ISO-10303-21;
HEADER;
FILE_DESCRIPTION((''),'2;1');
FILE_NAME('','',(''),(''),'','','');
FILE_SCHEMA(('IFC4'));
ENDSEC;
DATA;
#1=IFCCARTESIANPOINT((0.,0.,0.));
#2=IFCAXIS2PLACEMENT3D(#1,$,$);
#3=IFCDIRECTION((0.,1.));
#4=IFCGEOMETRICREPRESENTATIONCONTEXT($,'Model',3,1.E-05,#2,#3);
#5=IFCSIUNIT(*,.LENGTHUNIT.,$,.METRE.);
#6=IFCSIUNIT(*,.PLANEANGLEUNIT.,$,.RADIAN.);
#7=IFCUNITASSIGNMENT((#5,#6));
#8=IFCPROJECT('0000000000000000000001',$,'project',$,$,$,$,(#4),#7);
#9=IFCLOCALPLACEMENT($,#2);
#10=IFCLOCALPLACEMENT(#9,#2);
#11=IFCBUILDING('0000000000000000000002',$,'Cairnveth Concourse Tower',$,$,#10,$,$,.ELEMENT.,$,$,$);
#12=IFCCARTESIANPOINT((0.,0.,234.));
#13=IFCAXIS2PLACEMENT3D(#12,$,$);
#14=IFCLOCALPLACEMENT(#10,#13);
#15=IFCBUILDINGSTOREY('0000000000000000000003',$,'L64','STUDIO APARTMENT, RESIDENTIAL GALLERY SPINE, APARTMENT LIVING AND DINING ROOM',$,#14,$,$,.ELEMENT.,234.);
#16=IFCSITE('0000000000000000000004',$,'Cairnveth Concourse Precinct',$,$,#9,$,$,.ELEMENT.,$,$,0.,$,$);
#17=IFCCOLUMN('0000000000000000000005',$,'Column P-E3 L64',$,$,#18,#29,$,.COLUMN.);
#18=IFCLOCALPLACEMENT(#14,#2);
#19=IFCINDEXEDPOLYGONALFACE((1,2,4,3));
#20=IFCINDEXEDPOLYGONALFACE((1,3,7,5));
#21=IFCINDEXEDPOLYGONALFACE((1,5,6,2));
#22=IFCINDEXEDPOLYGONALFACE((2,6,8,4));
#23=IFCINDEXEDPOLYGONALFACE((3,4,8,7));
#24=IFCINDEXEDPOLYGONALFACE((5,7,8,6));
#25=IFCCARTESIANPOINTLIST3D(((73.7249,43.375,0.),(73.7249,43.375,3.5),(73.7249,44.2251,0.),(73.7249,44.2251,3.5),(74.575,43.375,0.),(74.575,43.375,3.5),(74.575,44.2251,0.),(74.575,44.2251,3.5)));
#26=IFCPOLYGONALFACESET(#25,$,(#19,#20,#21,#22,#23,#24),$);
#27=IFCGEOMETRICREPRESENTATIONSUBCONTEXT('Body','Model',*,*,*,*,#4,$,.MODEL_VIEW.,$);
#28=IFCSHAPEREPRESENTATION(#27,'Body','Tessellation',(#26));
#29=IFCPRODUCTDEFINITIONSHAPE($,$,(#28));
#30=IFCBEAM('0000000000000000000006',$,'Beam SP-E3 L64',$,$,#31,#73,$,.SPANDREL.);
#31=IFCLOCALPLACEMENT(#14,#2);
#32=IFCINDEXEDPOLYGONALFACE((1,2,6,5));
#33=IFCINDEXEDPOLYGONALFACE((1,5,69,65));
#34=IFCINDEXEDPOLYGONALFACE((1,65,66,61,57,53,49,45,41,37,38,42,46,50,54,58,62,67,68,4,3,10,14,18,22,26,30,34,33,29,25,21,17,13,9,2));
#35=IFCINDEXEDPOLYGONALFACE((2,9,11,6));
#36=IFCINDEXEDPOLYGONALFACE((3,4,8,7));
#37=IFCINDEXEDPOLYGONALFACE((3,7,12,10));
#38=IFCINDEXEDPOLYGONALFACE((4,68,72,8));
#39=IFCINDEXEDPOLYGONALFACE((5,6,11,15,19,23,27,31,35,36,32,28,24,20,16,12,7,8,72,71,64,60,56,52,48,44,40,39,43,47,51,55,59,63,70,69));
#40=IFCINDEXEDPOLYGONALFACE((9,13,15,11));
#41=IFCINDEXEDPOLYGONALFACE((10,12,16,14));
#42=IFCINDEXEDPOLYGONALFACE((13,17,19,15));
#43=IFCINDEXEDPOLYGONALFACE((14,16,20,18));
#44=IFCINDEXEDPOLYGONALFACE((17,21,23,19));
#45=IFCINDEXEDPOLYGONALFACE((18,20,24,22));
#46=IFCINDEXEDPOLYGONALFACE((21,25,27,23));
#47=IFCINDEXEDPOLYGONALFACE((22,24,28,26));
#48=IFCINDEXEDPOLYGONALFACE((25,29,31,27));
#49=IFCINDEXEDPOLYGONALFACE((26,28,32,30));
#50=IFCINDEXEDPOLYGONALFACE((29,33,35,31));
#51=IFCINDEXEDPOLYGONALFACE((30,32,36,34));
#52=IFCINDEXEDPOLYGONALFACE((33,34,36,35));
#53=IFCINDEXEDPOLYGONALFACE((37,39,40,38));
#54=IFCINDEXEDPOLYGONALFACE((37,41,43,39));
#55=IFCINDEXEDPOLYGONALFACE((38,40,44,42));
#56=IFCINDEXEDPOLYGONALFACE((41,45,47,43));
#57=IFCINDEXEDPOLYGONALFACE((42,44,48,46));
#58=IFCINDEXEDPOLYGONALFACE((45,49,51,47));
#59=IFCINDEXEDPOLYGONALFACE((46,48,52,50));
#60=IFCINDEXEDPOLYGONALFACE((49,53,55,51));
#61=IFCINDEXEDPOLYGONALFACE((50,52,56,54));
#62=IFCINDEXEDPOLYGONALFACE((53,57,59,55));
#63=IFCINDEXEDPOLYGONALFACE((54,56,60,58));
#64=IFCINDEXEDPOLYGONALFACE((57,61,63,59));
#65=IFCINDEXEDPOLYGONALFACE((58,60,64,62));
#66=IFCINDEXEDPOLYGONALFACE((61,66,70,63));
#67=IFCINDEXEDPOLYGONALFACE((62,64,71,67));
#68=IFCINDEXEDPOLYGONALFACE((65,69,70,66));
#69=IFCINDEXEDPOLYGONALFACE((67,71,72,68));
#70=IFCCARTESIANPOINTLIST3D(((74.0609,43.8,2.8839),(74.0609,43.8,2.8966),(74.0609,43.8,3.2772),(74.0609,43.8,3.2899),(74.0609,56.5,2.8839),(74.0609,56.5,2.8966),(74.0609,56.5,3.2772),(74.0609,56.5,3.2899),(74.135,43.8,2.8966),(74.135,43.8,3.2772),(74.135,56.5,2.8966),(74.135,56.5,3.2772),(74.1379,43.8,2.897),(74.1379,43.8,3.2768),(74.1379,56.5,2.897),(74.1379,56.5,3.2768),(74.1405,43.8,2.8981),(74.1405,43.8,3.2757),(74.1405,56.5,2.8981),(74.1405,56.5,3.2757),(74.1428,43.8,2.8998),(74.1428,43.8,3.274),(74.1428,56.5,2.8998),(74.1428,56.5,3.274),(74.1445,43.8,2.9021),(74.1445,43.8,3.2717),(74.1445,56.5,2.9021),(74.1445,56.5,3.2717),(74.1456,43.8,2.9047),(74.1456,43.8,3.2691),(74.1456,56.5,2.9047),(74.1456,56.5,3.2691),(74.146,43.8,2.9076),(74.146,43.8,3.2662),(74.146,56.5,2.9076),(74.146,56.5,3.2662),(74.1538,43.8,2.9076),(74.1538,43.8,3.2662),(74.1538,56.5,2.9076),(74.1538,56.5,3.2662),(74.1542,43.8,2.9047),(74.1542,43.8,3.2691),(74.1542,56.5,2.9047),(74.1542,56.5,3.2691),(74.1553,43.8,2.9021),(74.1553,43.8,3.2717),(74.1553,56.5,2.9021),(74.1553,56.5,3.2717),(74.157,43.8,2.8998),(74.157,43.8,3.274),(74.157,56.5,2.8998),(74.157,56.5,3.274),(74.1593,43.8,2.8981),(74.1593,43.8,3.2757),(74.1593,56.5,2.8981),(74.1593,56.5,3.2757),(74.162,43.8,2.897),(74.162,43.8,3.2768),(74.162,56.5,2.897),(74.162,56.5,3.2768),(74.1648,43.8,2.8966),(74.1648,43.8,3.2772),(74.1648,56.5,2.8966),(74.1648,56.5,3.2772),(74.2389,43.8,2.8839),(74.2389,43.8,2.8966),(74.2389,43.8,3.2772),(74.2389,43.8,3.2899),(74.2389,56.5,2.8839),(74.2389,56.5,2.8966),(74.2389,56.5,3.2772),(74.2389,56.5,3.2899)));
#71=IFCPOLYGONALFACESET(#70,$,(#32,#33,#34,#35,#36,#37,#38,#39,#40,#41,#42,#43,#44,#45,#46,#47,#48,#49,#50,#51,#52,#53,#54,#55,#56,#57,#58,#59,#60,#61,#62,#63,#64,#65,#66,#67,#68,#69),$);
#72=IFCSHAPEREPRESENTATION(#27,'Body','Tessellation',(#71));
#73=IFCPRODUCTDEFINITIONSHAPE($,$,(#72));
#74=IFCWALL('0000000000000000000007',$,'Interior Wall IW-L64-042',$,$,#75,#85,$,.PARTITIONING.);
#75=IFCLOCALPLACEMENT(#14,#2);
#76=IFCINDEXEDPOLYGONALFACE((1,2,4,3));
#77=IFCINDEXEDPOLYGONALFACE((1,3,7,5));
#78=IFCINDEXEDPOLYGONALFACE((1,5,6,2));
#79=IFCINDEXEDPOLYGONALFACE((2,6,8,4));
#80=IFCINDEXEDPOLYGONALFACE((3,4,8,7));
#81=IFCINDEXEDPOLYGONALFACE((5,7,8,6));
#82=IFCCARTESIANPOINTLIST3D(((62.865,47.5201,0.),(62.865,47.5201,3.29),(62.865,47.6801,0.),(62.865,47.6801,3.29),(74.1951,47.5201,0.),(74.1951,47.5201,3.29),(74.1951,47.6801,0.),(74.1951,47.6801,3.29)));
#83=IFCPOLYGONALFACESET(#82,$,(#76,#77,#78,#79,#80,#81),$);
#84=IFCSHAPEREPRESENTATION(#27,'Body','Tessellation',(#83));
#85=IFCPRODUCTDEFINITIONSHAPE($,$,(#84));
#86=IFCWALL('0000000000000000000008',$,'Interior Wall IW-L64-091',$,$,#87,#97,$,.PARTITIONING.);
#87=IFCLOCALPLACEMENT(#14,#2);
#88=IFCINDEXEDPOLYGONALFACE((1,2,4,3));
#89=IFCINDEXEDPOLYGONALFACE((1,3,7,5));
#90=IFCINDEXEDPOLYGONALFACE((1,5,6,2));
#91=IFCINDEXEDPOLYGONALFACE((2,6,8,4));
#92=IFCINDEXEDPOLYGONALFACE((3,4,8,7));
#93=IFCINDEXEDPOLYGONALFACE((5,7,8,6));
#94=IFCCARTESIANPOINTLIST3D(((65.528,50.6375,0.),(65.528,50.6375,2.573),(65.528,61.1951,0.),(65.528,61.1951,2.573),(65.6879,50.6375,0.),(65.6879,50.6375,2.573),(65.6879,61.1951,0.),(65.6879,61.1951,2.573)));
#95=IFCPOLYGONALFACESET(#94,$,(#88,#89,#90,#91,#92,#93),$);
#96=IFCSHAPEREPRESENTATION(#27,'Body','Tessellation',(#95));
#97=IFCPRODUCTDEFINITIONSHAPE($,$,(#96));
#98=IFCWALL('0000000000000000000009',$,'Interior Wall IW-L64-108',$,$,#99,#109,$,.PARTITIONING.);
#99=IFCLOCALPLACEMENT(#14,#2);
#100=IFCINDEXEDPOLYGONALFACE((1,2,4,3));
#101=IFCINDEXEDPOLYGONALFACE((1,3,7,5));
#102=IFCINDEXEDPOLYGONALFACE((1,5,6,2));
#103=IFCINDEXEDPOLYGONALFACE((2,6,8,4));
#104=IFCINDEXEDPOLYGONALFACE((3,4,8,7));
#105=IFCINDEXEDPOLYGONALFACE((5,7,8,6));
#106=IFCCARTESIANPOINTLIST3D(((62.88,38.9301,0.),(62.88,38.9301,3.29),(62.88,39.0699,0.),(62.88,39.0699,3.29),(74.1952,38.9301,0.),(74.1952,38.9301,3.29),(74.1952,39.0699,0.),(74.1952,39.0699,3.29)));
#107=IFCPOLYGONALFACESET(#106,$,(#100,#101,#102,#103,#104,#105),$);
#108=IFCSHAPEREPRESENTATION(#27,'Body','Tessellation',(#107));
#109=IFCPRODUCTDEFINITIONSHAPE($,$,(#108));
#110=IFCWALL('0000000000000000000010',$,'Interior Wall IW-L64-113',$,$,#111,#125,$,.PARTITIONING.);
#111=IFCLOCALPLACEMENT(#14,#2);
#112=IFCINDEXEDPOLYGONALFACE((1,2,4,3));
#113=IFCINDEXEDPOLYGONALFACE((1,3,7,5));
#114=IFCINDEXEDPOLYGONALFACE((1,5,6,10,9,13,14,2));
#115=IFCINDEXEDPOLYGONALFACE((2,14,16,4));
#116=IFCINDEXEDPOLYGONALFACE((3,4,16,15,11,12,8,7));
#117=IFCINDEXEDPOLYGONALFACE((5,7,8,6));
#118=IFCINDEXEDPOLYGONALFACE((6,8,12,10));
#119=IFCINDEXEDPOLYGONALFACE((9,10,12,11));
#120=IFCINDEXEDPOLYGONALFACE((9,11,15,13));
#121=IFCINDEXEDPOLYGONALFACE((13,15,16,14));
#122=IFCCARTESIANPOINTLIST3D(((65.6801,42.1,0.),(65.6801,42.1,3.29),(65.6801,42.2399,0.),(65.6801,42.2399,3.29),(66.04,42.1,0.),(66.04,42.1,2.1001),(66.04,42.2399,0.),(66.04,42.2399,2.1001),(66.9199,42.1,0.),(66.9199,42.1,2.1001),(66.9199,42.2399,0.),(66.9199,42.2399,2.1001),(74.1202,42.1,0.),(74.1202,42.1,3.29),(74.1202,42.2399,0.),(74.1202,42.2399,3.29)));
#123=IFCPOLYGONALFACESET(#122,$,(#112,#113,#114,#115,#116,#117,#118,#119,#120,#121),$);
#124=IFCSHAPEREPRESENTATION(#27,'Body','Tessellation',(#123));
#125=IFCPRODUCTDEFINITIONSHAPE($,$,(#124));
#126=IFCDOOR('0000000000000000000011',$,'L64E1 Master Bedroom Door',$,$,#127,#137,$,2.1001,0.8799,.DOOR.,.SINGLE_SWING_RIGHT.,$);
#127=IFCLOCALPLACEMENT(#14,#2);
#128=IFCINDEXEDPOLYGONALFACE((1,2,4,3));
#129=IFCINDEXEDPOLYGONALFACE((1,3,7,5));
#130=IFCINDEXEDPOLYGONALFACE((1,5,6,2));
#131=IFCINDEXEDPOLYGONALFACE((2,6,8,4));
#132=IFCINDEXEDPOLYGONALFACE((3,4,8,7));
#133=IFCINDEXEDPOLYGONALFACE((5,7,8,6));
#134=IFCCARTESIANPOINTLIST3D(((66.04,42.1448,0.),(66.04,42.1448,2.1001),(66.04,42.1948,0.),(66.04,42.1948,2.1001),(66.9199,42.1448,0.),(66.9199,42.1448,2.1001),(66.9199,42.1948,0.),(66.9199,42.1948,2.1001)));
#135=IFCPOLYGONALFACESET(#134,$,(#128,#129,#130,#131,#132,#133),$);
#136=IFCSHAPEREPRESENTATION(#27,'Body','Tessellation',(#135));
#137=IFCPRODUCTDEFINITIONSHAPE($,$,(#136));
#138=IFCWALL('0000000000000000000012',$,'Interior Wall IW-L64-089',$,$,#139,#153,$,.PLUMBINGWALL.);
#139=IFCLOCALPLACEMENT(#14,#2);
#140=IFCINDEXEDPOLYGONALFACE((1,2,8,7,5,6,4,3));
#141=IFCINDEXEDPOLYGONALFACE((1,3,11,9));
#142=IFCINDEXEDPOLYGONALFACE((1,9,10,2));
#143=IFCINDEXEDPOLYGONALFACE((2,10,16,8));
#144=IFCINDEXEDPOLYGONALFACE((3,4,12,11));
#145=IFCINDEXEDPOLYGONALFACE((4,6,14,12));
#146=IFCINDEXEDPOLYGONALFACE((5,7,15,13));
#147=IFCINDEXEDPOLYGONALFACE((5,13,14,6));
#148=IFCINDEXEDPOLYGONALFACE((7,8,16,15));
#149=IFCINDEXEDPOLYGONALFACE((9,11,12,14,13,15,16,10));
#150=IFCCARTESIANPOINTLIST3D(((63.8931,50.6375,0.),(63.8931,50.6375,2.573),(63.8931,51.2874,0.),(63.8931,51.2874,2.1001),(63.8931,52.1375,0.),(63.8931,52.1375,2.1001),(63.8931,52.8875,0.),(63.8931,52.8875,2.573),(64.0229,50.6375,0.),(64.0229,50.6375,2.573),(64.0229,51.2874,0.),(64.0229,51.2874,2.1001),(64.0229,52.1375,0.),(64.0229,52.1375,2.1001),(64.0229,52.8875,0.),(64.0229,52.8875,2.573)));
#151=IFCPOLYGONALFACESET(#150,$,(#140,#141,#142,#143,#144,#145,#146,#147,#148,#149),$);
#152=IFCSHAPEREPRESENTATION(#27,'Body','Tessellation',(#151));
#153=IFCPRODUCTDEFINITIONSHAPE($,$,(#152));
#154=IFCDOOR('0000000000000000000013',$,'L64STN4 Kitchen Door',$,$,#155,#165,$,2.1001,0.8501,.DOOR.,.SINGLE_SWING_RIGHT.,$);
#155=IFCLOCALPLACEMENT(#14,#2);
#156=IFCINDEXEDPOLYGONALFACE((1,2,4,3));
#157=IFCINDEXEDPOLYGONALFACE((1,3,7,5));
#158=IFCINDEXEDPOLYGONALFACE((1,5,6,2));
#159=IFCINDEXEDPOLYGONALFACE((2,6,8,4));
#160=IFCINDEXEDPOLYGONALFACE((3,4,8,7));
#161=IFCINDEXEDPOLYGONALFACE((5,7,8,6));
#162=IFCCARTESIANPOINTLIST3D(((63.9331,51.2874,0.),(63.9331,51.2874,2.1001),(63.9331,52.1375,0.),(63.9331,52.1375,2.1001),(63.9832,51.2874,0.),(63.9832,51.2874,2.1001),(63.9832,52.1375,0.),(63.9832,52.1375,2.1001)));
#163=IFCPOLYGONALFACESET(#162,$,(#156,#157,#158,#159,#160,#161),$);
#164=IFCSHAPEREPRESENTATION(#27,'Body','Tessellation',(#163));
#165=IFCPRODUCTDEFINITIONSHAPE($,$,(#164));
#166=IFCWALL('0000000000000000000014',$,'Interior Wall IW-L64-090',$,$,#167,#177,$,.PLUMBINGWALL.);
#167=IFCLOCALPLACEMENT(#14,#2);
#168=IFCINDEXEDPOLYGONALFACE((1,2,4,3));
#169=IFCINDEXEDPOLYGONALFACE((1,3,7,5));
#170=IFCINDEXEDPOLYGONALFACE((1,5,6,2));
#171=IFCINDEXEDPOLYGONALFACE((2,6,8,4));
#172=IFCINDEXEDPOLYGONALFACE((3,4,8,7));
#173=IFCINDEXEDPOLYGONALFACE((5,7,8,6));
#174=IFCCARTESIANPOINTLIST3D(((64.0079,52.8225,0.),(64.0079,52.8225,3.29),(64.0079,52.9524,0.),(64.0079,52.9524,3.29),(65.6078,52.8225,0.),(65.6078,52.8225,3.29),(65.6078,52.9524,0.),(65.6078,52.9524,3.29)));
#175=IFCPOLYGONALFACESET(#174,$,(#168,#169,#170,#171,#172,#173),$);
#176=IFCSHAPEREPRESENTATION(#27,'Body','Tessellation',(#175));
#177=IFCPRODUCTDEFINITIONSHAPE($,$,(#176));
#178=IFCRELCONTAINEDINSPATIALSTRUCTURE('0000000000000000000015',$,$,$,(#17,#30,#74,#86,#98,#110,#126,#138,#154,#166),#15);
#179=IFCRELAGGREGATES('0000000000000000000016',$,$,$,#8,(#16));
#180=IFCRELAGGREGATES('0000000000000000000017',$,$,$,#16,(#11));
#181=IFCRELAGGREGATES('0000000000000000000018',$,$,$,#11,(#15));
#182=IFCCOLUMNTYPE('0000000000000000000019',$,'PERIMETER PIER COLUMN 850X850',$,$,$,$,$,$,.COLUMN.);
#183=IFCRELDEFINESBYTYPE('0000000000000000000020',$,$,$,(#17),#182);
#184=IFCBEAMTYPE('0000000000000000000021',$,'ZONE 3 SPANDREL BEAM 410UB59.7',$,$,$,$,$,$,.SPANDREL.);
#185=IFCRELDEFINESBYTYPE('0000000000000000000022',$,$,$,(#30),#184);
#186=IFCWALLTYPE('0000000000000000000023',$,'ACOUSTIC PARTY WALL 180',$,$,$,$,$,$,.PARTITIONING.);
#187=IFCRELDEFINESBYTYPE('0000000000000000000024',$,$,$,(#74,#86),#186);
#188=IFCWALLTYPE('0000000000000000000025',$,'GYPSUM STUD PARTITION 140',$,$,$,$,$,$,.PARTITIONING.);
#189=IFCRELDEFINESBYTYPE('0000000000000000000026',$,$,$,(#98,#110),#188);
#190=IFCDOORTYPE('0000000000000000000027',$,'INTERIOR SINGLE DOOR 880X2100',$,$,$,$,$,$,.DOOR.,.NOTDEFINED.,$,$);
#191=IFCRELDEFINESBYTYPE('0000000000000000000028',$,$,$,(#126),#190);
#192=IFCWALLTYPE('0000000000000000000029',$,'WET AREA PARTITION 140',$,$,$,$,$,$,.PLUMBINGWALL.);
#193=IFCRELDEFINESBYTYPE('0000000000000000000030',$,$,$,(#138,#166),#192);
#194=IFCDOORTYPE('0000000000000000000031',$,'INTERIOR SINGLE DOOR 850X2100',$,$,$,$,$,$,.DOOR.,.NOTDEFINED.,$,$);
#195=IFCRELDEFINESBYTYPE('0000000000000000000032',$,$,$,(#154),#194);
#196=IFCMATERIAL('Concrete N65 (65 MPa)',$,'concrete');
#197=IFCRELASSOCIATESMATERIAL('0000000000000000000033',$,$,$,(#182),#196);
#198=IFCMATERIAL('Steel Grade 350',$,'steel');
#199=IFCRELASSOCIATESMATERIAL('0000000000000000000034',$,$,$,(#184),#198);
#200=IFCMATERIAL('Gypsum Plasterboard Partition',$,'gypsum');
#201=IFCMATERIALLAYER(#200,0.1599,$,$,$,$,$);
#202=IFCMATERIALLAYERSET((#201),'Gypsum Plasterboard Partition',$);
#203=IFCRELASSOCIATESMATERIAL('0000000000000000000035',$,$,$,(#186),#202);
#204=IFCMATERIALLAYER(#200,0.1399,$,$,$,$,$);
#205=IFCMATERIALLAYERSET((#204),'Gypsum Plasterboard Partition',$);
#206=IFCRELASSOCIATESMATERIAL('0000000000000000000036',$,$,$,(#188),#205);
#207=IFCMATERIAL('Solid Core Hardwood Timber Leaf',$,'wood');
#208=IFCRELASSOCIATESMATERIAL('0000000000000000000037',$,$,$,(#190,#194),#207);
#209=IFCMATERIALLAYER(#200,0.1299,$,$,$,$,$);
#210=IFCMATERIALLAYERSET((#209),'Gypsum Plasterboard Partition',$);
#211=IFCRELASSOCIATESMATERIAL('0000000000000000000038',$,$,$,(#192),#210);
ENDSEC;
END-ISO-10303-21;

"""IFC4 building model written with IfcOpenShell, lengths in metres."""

from ifc_helpers import new_model, si_unit, direction, frame, frame_2d, origin, origin_2d, place, context, subcontext, project, spatial, rectangle, i_section, extrude, material, layer, layer_set, material_profile, profile_set, type_object, element, fill, save


model = new_model("IFC4")

# Units and contexts
model_context = context("Model", 3, precision=1e-05, world=origin(), true_north=direction((0.0, 1.0)))
body_context = subcontext(model_context, "Body", "Model", "MODEL_VIEW")
ifc_project = project(units=[si_unit("LENGTHUNIT", "METRE"), si_unit("PLANEANGLEUNIT", "RADIAN")], contexts=[model_context])

# Site, building, storey
site_placement = place(None, origin())
site = spatial("IfcSite", under=ifc_project, at=site_placement, Name="Cairnveth Concourse Precinct", CompositionType="ELEMENT", RefElevation=0.0)
building_placement = place(site_placement, origin())
building = spatial("IfcBuilding", under=site, at=building_placement, Name="Cairnveth Concourse Tower", CompositionType="ELEMENT")
storey_placement = place(building_placement, frame((0.0, 0.0, 234.0)))
storey = spatial("IfcBuildingStorey", under=building, at=storey_placement, Name="L64", Description="STUDIO APARTMENT, RESIDENTIAL GALLERY SPINE, APARTMENT LIVING AND DINING ROOM", CompositionType="ELEMENT", Elevation=234.0)

# Column
ifc_material_1 = material(Name="Concrete N65 (65 MPa)", Category="concrete")
ifc_material_profile_1 = material_profile(ifc_material_1, rectangle(XDim=0.8501, YDim=0.8501, at=origin_2d()), Name="RC-COL-850x850")
ifc_profile_set_1 = profile_set([ifc_material_profile_1], Name="Concrete N65 (65 MPa)")
column_type = type_object("IfcColumnType", Name="PERIMETER PIER COLUMN 850X850", PredefinedType="COLUMN", material=ifc_profile_set_1)
column_placement = place(storey_placement, frame((74.1499, 43.8, 0.0), z_axis=(0.0, 0.0, 1.0), x_axis=(0.0, 1.0, 0.0)))
element("IfcColumn", 1, at=column_placement, inside=storey, type_object=column_type, Name="Column P-E3 L64", PredefinedType="COLUMN", context=body_context, shape_type="SweptSolid", body=[
    extrude(rectangle(XDim=0.8501, YDim=0.8501, at=origin_2d()), origin(), (0.0, 0.0, 1.0), 3.5),
])

# Beam
ifc_material_2 = material(Name="Steel Grade 350", Category="steel")
ifc_material_profile_2 = material_profile(ifc_material_2, i_section(OverallWidth=0.178, OverallDepth=0.406, WebThickness=0.0078, FlangeThickness=0.0127, FilletRadius=0.011, at=origin_2d()), Name="410UB59.7")
ifc_profile_set_2 = profile_set([ifc_material_profile_2], Name="Steel Grade 350")
beam_type = type_object("IfcBeamType", Name="ZONE 3 SPANDREL BEAM 410UB59.7", PredefinedType="SPANDREL", material=ifc_profile_set_2)
beam_placement = place(storey_placement, frame((74.1499, 43.8, 3.0869), z_axis=(0.0, 1.0, 0.0), x_axis=(-1.0, 0.0, 0.0)))
element("IfcBeam", 2, at=beam_placement, inside=storey, type_object=beam_type, Name="Beam SP-E3 L64", PredefinedType="SPANDREL", context=body_context, shape_type="SweptSolid", body=[
    extrude(i_section(OverallWidth=0.178, OverallDepth=0.406, WebThickness=0.0078, FlangeThickness=0.0127, FilletRadius=0.011, at=origin_2d()), origin(), (0.0, 0.0, 1.0), 12.7),
])

# Walls
ifc_material_3 = material(Name="Gypsum Plasterboard Partition", Category="gypsum")
ifc_layer_1 = layer(ifc_material_3, 0.1599)
ifc_layer_set_1 = layer_set([ifc_layer_1], Name="Gypsum Plasterboard Partition")
wall_type_1 = type_object("IfcWallType", Name="ACOUSTIC PARTY WALL 180", PredefinedType="PARTITIONING", material=ifc_layer_set_1)
wall_1_placement = place(storey_placement, frame((62.865, 47.6001, 0.0), z_axis=(0.0, 0.0, 1.0), x_axis=(1.0, 0.0, 0.0)))
element("IfcWall", 3, at=wall_1_placement, inside=storey, type_object=wall_type_1, Name="Interior Wall IW-L64-042", PredefinedType="PARTITIONING", context=body_context, shape_type="SweptSolid", body=[
    extrude(rectangle(XDim=11.3301, YDim=0.1599, at=frame_2d((5.665, 0.0))), origin(), (0.0, 0.0, 1.0), 3.29),
])
wall_2_placement = place(storey_placement, frame((65.6079, 50.6375, 0.0), z_axis=(0.0, 0.0, 1.0), x_axis=(0.0, 1.0, 0.0)))
element("IfcWall", 4, at=wall_2_placement, inside=storey, type_object=wall_type_1, Name="Interior Wall IW-L64-091", PredefinedType="PARTITIONING", context=body_context, shape_type="SweptSolid", body=[
    extrude(rectangle(XDim=10.5576, YDim=0.1599, at=frame_2d((5.2788, 0.0))), origin(), (0.0, 0.0, 1.0), 2.573),
])
ifc_layer_2 = layer(ifc_material_3, 0.1399)
ifc_layer_set_2 = layer_set([ifc_layer_2], Name="Gypsum Plasterboard Partition")
wall_type_2 = type_object("IfcWallType", Name="GYPSUM STUD PARTITION 140", PredefinedType="PARTITIONING", material=ifc_layer_set_2)
wall_3_placement = place(storey_placement, frame((62.8799, 39.0, 0.0), z_axis=(0.0, 0.0, 1.0), x_axis=(1.0, 0.0, 0.0)))
element("IfcWall", 5, at=wall_3_placement, inside=storey, type_object=wall_type_2, Name="Interior Wall IW-L64-108", PredefinedType="PARTITIONING", context=body_context, shape_type="SweptSolid", body=[
    extrude(rectangle(XDim=11.3152, YDim=0.1399, at=frame_2d((5.6577, 0.0))), origin(), (0.0, 0.0, 1.0), 3.29),
])

# Walls, openings, doors
wall_4_placement = place(storey_placement, frame((65.6799, 42.1699, 0.0), z_axis=(0.0, 0.0, 1.0), x_axis=(1.0, 0.0, 0.0)))
wall_4 = element("IfcWall", 6, at=wall_4_placement, inside=storey, type_object=wall_type_2, Name="Interior Wall IW-L64-113", PredefinedType="PARTITIONING", context=body_context, shape_type="SweptSolid", body=[
    extrude(rectangle(XDim=8.4402, YDim=0.1399, at=frame_2d((4.2202, 0.0))), origin(), (0.0, 0.0, 1.0), 3.29),
])
opening_1_placement = place(wall_4_placement, frame((0.3601, 0.0, 0.0)))
opening_1 = element("IfcOpeningElement", 7, at=opening_1_placement, cuts=wall_4, PredefinedType="OPENING", context=body_context, shape_type="SweptSolid", body=[
    extrude(rectangle(XDim=0.8799, YDim=2.1001, at=frame_2d((0.4399, 1.05))), frame((0.0, 0.0798, 0.0), z_axis=(0.0, -1.0, 0.0), x_axis=(1.0, 0.0, 0.0)), (0.0, 0.0, 1.0), 0.1599),
])
ifc_material_4 = material(Name="Solid Core Hardwood Timber Leaf", Category="wood")
door_type_1 = type_object("IfcDoorType", Name="INTERIOR SINGLE DOOR 880X2100", OperationType="NOTDEFINED", PredefinedType="DOOR", material=ifc_material_4)
door_1_placement = place(opening_1_placement, origin())
door_1 = element("IfcDoor", 8, at=door_1_placement, inside=storey, type_object=door_type_1, Name="L64E1 Master Bedroom Door", OperationType="SINGLE_SWING_RIGHT", OverallHeight=2.1001, OverallWidth=0.8799, PredefinedType="DOOR", context=body_context, shape_type="SweptSolid", body=[
    extrude(rectangle(XDim=0.8799, YDim=2.1001, at=frame_2d((0.4399, 1.05))), frame((0.0, 0.0249, 0.0), z_axis=(0.0, -1.0, 0.0), x_axis=(1.0, 0.0, 0.0)), (0.0, 0.0, 1.0), 0.05),
])
fill(opening_1, door_1)
ifc_layer_3 = layer(ifc_material_3, 0.1299)
ifc_layer_set_3 = layer_set([ifc_layer_3], Name="Gypsum Plasterboard Partition")
wall_type_3 = type_object("IfcWallType", Name="WET AREA PARTITION 140", PredefinedType="PLUMBINGWALL", material=ifc_layer_set_3)
wall_5_placement = place(storey_placement, frame((63.958, 50.6375, 0.0), z_axis=(0.0, 0.0, 1.0), x_axis=(0.0, 1.0, 0.0)))
wall_5 = element("IfcWall", 9, at=wall_5_placement, inside=storey, type_object=wall_type_3, Name="Interior Wall IW-L64-089", PredefinedType="PLUMBINGWALL", context=body_context, shape_type="SweptSolid", body=[
    extrude(rectangle(XDim=2.25, YDim=0.1299, at=frame_2d((1.125, 0.0))), origin(), (0.0, 0.0, 1.0), 2.573),
])
opening_2_placement = place(wall_5_placement, frame((0.6499, 0.0, 0.0)))
opening_2 = element("IfcOpeningElement", 10, at=opening_2_placement, cuts=wall_5, PredefinedType="OPENING", context=body_context, shape_type="SweptSolid", body=[
    extrude(rectangle(XDim=0.8501, YDim=2.1001, at=frame_2d((0.425, 1.05))), frame((0.0, 0.075, 0.0), z_axis=(0.0, -1.0, 0.0), x_axis=(1.0, 0.0, 0.0)), (0.0, 0.0, 1.0), 0.1499),
])
door_type_2 = type_object("IfcDoorType", Name="INTERIOR SINGLE DOOR 850X2100", OperationType="NOTDEFINED", PredefinedType="DOOR", material=ifc_material_4)
door_2_placement = place(opening_2_placement, origin())
door_2 = element("IfcDoor", 11, at=door_2_placement, inside=storey, type_object=door_type_2, Name="L64STN4 Kitchen Door", OperationType="SINGLE_SWING_RIGHT", OverallHeight=2.1001, OverallWidth=0.8501, PredefinedType="DOOR", context=body_context, shape_type="SweptSolid", body=[
    extrude(rectangle(XDim=0.8501, YDim=2.1001, at=frame_2d((0.425, 1.05))), frame((0.0, 0.0249, 0.0), z_axis=(0.0, -1.0, 0.0), x_axis=(1.0, 0.0, 0.0)), (0.0, 0.0, 1.0), 0.05),
])
fill(opening_2, door_2)

# Wall
wall_6_placement = place(storey_placement, frame((64.0081, 52.8875, 0.0), z_axis=(0.0, 0.0, 1.0), x_axis=(1.0, 0.0, 0.0)))
element("IfcWall", 12, at=wall_6_placement, inside=storey, type_object=wall_type_3, Name="Interior Wall IW-L64-090", PredefinedType="PLUMBINGWALL", context=body_context, shape_type="SweptSolid", body=[
    extrude(rectangle(XDim=1.5999, YDim=0.1299, at=frame_2d((0.7998, 0.0))), origin(), (0.0, 0.0, 1.0), 3.29),
])

save(model, "model.ifc")
